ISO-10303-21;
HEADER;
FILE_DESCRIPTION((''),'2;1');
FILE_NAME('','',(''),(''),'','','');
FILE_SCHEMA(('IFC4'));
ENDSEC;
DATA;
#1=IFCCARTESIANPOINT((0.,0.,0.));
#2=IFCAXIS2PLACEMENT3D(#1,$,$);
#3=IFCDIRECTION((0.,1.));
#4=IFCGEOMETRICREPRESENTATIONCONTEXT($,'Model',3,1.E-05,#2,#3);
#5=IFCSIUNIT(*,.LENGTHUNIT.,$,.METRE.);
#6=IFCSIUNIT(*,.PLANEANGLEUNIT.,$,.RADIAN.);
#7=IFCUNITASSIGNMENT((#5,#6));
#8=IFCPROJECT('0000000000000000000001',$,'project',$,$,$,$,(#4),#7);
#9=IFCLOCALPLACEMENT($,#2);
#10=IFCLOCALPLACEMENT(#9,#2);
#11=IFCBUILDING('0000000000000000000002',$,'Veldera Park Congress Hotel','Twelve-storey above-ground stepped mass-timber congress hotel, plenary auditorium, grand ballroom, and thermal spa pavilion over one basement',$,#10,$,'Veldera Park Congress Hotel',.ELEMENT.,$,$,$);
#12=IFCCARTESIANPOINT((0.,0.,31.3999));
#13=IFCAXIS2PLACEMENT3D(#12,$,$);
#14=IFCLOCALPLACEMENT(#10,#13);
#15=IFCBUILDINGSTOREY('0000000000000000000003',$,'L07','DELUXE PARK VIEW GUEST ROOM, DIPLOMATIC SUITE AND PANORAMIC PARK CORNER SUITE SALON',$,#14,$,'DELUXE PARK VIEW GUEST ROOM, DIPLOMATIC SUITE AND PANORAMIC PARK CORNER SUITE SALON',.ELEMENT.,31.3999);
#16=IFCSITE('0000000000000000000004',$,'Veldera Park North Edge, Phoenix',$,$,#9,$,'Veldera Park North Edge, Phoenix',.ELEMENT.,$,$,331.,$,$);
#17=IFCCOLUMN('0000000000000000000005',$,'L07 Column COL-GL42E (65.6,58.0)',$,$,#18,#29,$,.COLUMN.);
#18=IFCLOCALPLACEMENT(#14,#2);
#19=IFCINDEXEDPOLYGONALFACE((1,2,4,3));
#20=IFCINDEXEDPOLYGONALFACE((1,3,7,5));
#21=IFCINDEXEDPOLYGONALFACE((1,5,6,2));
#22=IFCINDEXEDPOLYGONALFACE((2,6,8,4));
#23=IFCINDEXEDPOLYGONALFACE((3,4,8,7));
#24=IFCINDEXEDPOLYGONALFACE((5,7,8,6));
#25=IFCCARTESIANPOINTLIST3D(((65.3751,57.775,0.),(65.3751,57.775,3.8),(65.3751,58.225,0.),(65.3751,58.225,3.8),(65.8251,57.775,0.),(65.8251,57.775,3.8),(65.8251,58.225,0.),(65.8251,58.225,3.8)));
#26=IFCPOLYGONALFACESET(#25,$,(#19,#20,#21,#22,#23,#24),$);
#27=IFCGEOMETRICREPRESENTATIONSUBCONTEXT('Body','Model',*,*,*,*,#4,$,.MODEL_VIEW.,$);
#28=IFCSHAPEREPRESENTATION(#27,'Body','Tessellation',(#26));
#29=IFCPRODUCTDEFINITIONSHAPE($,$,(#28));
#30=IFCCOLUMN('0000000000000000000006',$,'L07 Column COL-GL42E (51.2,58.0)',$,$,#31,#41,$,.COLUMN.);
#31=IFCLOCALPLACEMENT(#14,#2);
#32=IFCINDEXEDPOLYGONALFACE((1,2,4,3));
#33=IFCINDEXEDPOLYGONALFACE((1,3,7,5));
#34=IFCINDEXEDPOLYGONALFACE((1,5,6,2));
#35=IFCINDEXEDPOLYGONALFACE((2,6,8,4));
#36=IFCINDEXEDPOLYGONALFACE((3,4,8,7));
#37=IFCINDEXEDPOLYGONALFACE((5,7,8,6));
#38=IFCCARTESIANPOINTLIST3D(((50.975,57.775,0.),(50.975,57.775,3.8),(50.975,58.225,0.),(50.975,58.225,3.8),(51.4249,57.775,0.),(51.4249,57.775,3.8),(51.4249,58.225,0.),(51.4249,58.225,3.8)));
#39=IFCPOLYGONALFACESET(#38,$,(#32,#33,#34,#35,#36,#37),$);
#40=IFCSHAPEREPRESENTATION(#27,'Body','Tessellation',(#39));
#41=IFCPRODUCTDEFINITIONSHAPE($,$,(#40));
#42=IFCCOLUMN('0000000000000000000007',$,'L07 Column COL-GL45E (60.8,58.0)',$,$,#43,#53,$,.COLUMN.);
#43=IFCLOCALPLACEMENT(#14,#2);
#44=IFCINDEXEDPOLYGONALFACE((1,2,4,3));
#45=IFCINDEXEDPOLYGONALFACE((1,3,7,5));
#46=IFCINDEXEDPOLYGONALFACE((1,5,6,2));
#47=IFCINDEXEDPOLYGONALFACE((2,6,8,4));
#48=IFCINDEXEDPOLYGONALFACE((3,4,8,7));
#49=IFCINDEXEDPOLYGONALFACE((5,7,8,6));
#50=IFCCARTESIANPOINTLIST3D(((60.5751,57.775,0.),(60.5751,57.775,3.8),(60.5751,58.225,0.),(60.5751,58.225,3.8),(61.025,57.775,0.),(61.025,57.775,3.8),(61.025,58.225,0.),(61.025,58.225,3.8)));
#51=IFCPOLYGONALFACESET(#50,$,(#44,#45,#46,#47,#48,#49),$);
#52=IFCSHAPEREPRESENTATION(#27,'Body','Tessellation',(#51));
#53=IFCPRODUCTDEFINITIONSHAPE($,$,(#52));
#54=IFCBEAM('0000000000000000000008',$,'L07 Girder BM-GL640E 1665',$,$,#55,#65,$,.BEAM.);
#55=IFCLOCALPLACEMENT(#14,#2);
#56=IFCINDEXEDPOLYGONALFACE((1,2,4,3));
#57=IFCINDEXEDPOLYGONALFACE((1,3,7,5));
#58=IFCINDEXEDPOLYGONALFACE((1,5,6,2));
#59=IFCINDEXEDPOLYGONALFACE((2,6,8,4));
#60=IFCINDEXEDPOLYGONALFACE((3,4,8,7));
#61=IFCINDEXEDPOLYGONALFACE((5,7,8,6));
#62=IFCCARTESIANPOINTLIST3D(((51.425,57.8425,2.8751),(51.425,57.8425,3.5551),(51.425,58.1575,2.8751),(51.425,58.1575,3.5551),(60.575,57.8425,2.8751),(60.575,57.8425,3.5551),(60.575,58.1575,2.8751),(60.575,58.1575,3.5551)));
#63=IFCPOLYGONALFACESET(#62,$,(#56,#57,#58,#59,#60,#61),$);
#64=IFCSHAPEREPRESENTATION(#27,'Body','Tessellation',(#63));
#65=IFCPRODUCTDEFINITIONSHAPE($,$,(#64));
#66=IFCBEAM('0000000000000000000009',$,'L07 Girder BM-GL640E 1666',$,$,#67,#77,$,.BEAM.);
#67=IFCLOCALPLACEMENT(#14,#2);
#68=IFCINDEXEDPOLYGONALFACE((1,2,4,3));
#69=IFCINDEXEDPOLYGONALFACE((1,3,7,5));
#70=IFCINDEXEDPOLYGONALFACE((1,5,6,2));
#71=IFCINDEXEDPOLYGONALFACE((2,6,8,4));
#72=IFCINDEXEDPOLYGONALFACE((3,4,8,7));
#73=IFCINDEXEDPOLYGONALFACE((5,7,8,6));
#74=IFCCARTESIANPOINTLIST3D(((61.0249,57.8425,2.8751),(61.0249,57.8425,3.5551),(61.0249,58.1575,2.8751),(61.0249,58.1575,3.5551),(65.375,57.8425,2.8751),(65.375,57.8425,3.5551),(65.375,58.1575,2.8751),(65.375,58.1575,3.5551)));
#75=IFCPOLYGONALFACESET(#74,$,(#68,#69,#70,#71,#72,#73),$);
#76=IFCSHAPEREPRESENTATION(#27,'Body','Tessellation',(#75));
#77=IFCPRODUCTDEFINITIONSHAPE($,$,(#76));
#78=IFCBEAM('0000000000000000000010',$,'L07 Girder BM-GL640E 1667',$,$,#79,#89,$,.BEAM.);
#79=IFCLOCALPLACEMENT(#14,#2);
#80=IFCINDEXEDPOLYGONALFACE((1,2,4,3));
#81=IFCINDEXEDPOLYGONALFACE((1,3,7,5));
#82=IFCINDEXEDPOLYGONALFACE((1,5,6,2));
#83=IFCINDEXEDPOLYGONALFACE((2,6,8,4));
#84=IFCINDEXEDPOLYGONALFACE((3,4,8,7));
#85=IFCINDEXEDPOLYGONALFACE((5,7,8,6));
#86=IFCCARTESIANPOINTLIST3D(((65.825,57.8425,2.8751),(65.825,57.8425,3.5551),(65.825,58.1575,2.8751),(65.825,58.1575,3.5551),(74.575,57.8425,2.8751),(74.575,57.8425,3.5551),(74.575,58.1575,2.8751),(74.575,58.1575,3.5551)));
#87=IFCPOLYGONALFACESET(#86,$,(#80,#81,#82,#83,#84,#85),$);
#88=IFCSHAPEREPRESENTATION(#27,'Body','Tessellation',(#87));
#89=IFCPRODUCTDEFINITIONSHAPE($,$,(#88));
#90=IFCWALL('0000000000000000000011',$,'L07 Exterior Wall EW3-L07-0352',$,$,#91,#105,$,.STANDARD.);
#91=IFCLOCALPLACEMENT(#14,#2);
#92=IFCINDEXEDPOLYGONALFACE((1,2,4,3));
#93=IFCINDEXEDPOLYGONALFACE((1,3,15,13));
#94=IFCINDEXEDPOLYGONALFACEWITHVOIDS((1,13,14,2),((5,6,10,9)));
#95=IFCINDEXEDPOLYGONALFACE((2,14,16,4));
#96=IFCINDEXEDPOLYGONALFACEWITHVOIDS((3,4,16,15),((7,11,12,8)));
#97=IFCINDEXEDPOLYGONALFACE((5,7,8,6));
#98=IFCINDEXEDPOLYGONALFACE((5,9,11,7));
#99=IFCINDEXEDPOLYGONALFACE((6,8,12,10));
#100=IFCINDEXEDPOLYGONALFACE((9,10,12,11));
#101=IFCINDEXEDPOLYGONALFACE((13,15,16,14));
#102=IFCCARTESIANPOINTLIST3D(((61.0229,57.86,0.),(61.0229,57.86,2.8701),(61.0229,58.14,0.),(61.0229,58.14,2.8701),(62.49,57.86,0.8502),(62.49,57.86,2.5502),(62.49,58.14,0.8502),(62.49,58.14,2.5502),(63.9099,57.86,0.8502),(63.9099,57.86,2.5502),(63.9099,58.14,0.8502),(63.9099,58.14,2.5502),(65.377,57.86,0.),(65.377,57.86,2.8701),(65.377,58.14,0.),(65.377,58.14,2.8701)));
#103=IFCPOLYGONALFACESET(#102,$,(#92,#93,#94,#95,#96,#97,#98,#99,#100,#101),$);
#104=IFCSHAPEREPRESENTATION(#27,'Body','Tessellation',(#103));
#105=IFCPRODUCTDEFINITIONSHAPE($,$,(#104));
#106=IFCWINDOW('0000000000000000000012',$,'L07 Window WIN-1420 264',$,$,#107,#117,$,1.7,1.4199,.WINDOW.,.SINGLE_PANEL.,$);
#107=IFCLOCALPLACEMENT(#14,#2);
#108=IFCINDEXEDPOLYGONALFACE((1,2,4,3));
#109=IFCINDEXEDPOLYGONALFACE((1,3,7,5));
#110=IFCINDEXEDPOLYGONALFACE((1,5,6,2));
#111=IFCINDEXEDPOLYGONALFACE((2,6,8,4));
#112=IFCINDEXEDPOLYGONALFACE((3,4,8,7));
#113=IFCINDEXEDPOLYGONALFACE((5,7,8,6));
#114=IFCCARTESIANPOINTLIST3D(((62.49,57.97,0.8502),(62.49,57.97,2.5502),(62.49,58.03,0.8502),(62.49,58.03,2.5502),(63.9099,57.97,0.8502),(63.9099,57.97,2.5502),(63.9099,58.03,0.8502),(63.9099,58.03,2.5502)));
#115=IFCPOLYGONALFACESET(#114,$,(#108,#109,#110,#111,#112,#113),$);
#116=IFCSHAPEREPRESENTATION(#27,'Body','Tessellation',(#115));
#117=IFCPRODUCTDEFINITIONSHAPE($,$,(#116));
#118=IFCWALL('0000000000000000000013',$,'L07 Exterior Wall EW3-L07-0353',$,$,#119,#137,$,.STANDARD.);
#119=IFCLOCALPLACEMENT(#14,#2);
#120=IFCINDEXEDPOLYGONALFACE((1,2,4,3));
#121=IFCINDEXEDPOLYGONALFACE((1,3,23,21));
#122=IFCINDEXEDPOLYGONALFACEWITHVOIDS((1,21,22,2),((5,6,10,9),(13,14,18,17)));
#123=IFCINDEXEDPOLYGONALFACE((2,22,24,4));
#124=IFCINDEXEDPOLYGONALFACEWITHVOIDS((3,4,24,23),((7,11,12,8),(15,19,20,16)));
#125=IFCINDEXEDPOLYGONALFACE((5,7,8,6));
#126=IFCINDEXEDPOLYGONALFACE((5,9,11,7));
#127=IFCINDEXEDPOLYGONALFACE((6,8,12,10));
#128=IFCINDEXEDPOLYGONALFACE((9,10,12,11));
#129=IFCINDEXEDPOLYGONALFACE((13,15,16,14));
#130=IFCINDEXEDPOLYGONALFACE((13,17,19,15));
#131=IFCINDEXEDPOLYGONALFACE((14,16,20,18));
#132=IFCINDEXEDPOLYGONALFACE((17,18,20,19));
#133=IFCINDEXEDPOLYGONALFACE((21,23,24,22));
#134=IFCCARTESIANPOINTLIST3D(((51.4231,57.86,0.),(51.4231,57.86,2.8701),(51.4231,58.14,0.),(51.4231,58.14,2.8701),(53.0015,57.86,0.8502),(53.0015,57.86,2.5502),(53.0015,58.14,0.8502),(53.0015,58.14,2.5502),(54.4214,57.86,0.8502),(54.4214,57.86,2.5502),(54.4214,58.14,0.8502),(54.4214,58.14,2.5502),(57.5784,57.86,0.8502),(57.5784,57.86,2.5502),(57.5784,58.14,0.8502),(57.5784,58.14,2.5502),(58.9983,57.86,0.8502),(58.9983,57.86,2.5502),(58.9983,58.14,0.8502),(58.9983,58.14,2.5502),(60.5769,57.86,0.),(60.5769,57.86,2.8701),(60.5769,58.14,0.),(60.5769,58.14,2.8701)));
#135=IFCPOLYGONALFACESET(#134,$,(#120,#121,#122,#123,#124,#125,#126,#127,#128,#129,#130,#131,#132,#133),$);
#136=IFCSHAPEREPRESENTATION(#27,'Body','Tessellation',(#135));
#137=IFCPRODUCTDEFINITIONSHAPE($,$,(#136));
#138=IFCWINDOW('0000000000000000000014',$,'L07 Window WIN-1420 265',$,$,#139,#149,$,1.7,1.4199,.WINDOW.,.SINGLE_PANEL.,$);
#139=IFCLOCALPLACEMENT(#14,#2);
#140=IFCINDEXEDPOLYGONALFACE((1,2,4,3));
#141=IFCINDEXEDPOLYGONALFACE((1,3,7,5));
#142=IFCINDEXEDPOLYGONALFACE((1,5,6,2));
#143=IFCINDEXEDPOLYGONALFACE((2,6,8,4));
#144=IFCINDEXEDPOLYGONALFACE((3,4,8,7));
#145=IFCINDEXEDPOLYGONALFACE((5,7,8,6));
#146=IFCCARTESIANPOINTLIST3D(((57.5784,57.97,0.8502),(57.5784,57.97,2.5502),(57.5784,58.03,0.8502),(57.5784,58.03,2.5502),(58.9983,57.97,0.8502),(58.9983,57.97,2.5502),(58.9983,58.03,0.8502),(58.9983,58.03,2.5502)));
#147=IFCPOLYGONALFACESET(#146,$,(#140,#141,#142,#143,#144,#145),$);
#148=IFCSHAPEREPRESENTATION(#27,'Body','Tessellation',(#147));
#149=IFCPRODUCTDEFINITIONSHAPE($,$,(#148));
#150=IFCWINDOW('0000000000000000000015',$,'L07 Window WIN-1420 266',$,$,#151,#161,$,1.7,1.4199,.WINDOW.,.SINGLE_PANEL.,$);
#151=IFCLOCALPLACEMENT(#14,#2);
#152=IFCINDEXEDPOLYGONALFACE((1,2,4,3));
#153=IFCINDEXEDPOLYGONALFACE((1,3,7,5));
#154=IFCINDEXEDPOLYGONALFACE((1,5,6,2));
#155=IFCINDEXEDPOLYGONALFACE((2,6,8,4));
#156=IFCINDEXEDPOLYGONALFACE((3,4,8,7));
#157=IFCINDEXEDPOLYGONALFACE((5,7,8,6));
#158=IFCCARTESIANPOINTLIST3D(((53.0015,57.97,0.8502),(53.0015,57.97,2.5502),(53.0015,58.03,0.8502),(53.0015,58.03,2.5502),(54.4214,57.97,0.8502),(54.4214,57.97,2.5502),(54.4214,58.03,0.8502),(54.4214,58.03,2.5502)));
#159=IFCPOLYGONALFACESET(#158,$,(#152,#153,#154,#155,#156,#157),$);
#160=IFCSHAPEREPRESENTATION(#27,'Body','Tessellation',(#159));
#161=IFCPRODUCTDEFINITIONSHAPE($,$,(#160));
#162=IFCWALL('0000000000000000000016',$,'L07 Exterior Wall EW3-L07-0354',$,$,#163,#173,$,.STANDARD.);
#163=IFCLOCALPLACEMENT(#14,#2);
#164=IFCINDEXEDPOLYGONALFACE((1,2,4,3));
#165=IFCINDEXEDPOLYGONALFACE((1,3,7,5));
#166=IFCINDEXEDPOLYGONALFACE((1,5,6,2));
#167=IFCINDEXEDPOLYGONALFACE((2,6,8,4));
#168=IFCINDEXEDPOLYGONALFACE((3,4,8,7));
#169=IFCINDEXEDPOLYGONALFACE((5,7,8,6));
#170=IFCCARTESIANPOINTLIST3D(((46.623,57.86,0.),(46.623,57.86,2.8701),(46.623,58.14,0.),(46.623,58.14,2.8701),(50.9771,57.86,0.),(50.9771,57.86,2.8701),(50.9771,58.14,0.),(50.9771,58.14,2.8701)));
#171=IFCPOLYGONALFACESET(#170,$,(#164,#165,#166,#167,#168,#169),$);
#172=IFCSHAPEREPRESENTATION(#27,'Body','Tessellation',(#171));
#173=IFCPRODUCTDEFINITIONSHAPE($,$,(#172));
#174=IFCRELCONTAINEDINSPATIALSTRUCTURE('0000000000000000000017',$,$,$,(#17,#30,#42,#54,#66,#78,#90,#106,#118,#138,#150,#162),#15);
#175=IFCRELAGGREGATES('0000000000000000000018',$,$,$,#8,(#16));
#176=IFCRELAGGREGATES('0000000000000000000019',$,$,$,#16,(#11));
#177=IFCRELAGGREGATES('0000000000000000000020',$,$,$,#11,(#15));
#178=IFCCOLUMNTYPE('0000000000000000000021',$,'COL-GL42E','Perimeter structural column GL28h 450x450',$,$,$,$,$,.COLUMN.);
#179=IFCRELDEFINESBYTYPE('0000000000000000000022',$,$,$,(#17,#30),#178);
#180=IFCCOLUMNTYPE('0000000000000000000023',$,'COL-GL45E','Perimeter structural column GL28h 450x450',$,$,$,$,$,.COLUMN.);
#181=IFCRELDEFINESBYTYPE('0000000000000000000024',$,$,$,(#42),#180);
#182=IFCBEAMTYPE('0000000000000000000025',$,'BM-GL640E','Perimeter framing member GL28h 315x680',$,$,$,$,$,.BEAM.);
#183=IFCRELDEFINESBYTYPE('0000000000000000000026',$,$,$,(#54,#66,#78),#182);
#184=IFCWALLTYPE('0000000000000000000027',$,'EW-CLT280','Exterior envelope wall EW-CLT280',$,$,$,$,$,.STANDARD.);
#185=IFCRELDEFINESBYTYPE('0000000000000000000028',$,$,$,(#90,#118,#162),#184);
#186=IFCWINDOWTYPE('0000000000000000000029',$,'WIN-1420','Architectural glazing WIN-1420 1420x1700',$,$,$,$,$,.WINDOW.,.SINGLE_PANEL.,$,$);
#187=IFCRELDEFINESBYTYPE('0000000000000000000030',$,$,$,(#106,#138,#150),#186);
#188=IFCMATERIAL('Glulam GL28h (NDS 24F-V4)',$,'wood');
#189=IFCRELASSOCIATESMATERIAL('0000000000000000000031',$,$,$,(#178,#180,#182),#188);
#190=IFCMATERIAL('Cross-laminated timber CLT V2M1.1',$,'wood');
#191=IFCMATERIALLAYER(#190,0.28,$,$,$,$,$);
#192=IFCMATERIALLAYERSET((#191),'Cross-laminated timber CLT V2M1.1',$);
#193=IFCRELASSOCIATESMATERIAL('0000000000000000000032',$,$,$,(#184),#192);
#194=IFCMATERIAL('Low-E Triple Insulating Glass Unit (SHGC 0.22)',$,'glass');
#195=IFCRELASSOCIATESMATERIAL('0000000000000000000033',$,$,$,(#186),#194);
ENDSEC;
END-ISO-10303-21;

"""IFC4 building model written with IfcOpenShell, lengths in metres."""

from ifc_helpers import new_model, si_unit, direction, frame, frame_2d, origin, origin_2d, place, context, subcontext, project, spatial, rectangle, extrude, material, layer, layer_set, material_profile, profile_set, type_object, element, fill, save


model = new_model("IFC4")

# Units and contexts
model_context = context("Model", 3, precision=1e-05, world=origin(), true_north=direction((0.0, 1.0)))
body_context = subcontext(model_context, "Body", "Model", "MODEL_VIEW")
ifc_project = project(units=[si_unit("LENGTHUNIT", "METRE"), si_unit("PLANEANGLEUNIT", "RADIAN")], contexts=[model_context])

# Site, building, storey
site_placement = place(None, origin())
site = spatial("IfcSite", under=ifc_project, at=site_placement, Name="Veldera Park North Edge, Phoenix", LongName="Veldera Park North Edge, Phoenix", CompositionType="ELEMENT", RefElevation=331.0)
building_placement = place(site_placement, origin())
building = spatial("IfcBuilding", under=site, at=building_placement, Name="Veldera Park Congress Hotel", Description="Twelve-storey above-ground stepped mass-timber congress hotel, plenary auditorium, grand ballroom, and thermal spa pavilion over one basement", LongName="Veldera Park Congress Hotel", CompositionType="ELEMENT")
storey_placement = place(building_placement, frame((0.0, 0.0, 31.3999)))
storey = spatial("IfcBuildingStorey", under=building, at=storey_placement, Name="L07", Description="DELUXE PARK VIEW GUEST ROOM, DIPLOMATIC SUITE AND PANORAMIC PARK CORNER SUITE SALON", LongName="DELUXE PARK VIEW GUEST ROOM, DIPLOMATIC SUITE AND PANORAMIC PARK CORNER SUITE SALON", CompositionType="ELEMENT", Elevation=31.3999)

# Columns
ifc_material_1 = material(Name="Glulam GL28h (NDS 24F-V4)", Category="wood")
ifc_material_profile_1 = material_profile(ifc_material_1, rectangle(XDim=0.45, YDim=0.45, at=origin_2d()), Name="GL28h 450x450")
ifc_profile_set_1 = profile_set([ifc_material_profile_1], Name="Glulam GL28h (NDS 24F-V4)")
column_type_1 = type_object("IfcColumnType", Name="COL-GL42E", Description="Perimeter structural column GL28h 450x450", PredefinedType="COLUMN", material=ifc_profile_set_1)
for number, where, z_axis, x_axis, name in (
    (1, (65.6001, 58.0, 0.0), (0.0, 0.0, 1.0), (1.0, 0.0, 0.0), "L07 Column COL-GL42E (65.6,58.0)"),
    (2, (51.2, 58.0, 0.0), (0.0, 0.0, 1.0), (1.0, 0.0, 0.0), "L07 Column COL-GL42E (51.2,58.0)"),
):
    element("IfcColumn", number, at=place(storey_placement, frame(where, z_axis=z_axis, x_axis=x_axis)), inside=storey, type_object=column_type_1, Name=name, PredefinedType="COLUMN", context=body_context, shape_type="SweptSolid", body=[
        extrude(rectangle(XDim=0.45, YDim=0.45, at=origin_2d()), origin(), (0.0, 0.0, 1.0), 3.8),
    ])
ifc_material_profile_2 = material_profile(ifc_material_1, rectangle(XDim=0.45, YDim=0.45, at=origin_2d()), Name="GL28h 450x450")
ifc_profile_set_2 = profile_set([ifc_material_profile_2], Name="Glulam GL28h (NDS 24F-V4)")
column_type_2 = type_object("IfcColumnType", Name="COL-GL45E", Description="Perimeter structural column GL28h 450x450", PredefinedType="COLUMN", material=ifc_profile_set_2)
column_placement = place(storey_placement, frame((60.8, 58.0, 0.0), z_axis=(0.0, 0.0, 1.0), x_axis=(1.0, 0.0, 0.0)))
element("IfcColumn", 3, at=column_placement, inside=storey, type_object=column_type_2, Name="L07 Column COL-GL45E (60.8,58.0)", PredefinedType="COLUMN", context=body_context, shape_type="SweptSolid", body=[
    extrude(rectangle(XDim=0.45, YDim=0.45, at=origin_2d()), origin(), (0.0, 0.0, 1.0), 3.8),
])

# Beams
ifc_material_profile_3 = material_profile(ifc_material_1, rectangle(XDim=0.3149, YDim=0.6799, at=origin_2d()), Name="GL28h 315x680")
ifc_profile_set_3 = profile_set([ifc_material_profile_3], Name="Glulam GL28h (NDS 24F-V4)")
beam_type = type_object("IfcBeamType", Name="BM-GL640E", Description="Perimeter framing member GL28h 315x680", PredefinedType="BEAM", material=ifc_profile_set_3)
beam_1_placement = place(storey_placement, frame((51.425, 58.0, 3.2151), z_axis=(1.0, 0.0, 0.0), x_axis=(0.0, 1.0, 0.0)))
element("IfcBeam", 4, at=beam_1_placement, inside=storey, type_object=beam_type, Name="L07 Girder BM-GL640E 1665", PredefinedType="BEAM", context=body_context, shape_type="SweptSolid", body=[
    extrude(rectangle(XDim=0.3149, YDim=0.6799, at=origin_2d()), origin(), (0.0, 0.0, 1.0), 9.1499),
])
beam_2_placement = place(storey_placement, frame((61.0249, 58.0, 3.2151), z_axis=(1.0, 0.0, 0.0), x_axis=(0.0, 1.0, 0.0)))
element("IfcBeam", 5, at=beam_2_placement, inside=storey, type_object=beam_type, Name="L07 Girder BM-GL640E 1666", PredefinedType="BEAM", context=body_context, shape_type="SweptSolid", body=[
    extrude(rectangle(XDim=0.3149, YDim=0.6799, at=origin_2d()), origin(), (0.0, 0.0, 1.0), 4.3501),
])
beam_3_placement = place(storey_placement, frame((65.825, 58.0, 3.2151), z_axis=(1.0, 0.0, 0.0), x_axis=(0.0, 1.0, 0.0)))
element("IfcBeam", 6, at=beam_3_placement, inside=storey, type_object=beam_type, Name="L07 Girder BM-GL640E 1667", PredefinedType="BEAM", context=body_context, shape_type="SweptSolid", body=[
    extrude(rectangle(XDim=0.3149, YDim=0.6799, at=origin_2d()), origin(), (0.0, 0.0, 1.0), 8.75),
])

# Wall, opening, window
ifc_material_2 = material(Name="Cross-laminated timber CLT V2M1.1", Category="wood")
ifc_layer_1 = layer(ifc_material_2, 0.28)
ifc_layer_set_1 = layer_set([ifc_layer_1], Name="Cross-laminated timber CLT V2M1.1")
wall_type_1 = type_object("IfcWallType", Name="EW-CLT280", Description="Exterior envelope wall EW-CLT280", PredefinedType="STANDARD", material=ifc_layer_set_1)
wall_1_placement = place(storey_placement, frame((65.377, 58.0, 0.0), z_axis=(0.0, 0.0, 1.0), x_axis=(-1.0, 0.0, 0.0)))
wall_1 = element("IfcWall", 7, at=wall_1_placement, inside=storey, type_object=wall_type_1, Name="L07 Exterior Wall EW3-L07-0352", PredefinedType="STANDARD", context=body_context, shape_type="SweptSolid", body=[
    extrude(rectangle(XDim=4.354, YDim=0.28, at=frame_2d((2.177, 0.0))), origin(), (0.0, 0.0, 1.0), 2.8701),
])
opening_1_placement = place(wall_1_placement, frame((1.467, 0.0, 0.8501)))
opening_1 = element("IfcOpeningElement", 8, at=opening_1_placement, cuts=wall_1, PredefinedType="OPENING", context=body_context, shape_type="SweptSolid", body=[
    extrude(rectangle(XDim=1.4199, YDim=1.7, at=frame_2d((0.71, 0.8501))), frame((0.0, 0.1521, 0.0), z_axis=(0.0, -1.0, 0.0), x_axis=(1.0, 0.0, 0.0)), (0.0, 0.0, 1.0), 0.304),
])
ifc_material_3 = material(Name="Low-E Triple Insulating Glass Unit (SHGC 0.22)", Category="glass")
window_type = type_object("IfcWindowType", Name="WIN-1420", Description="Architectural glazing WIN-1420 1420x1700", PartitioningType="SINGLE_PANEL", PredefinedType="WINDOW", material=ifc_material_3)
window_1_placement = place(opening_1_placement, origin())
window_1 = element("IfcWindow", 9, at=window_1_placement, inside=storey, type_object=window_type, Name="L07 Window WIN-1420 264", OverallHeight=1.7, OverallWidth=1.4199, PartitioningType="SINGLE_PANEL", PredefinedType="WINDOW", context=body_context, shape_type="SweptSolid", body=[
    extrude(rectangle(XDim=1.4199, YDim=1.7, at=frame_2d((0.71, 0.8501))), frame((0.0, 0.03, 0.0), z_axis=(0.0, -1.0, 0.0), x_axis=(1.0, 0.0, 0.0)), (0.0, 0.0, 1.0), 0.0601),
])
fill(opening_1, window_1)

# Wall, openings, windows
wall_2_placement = place(storey_placement, frame((60.5769, 58.0, 0.0), z_axis=(0.0, 0.0, 1.0), x_axis=(-1.0, 0.0, 0.0)))
wall_2 = element("IfcWall", 10, at=wall_2_placement, inside=storey, type_object=wall_type_1, Name="L07 Exterior Wall EW3-L07-0353", PredefinedType="STANDARD", context=body_context, shape_type="SweptSolid", body=[
    extrude(rectangle(XDim=9.1538, YDim=0.28, at=frame_2d((4.5769, 0.0))), origin(), (0.0, 0.0, 1.0), 2.8701),
])
opening_2_placement = place(wall_2_placement, frame((1.5786, 0.0, 0.8501)))
opening_2 = element("IfcOpeningElement", 11, at=opening_2_placement, cuts=wall_2, PredefinedType="OPENING", context=body_context, shape_type="SweptSolid", body=[
    extrude(rectangle(XDim=1.4199, YDim=1.7, at=frame_2d((0.71, 0.8501))), frame((0.0, 0.1521, 0.0), z_axis=(0.0, -1.0, 0.0), x_axis=(1.0, 0.0, 0.0)), (0.0, 0.0, 1.0), 0.304),
])
opening_3_placement = place(wall_2_placement, frame((6.1555, 0.0, 0.8501)))
opening_3 = element("IfcOpeningElement", 12, at=opening_3_placement, cuts=wall_2, PredefinedType="OPENING", context=body_context, shape_type="SweptSolid", body=[
    extrude(rectangle(XDim=1.4199, YDim=1.7, at=frame_2d((0.71, 0.8501))), frame((0.0, 0.1521, 0.0), z_axis=(0.0, -1.0, 0.0), x_axis=(1.0, 0.0, 0.0)), (0.0, 0.0, 1.0), 0.304),
])
window_2_placement = place(opening_2_placement, origin())
window_2 = element("IfcWindow", 13, at=window_2_placement, inside=storey, type_object=window_type, Name="L07 Window WIN-1420 265", OverallHeight=1.7, OverallWidth=1.4199, PartitioningType="SINGLE_PANEL", PredefinedType="WINDOW", context=body_context, shape_type="SweptSolid", body=[
    extrude(rectangle(XDim=1.4199, YDim=1.7, at=frame_2d((0.71, 0.8501))), frame((0.0, 0.03, 0.0), z_axis=(0.0, -1.0, 0.0), x_axis=(1.0, 0.0, 0.0)), (0.0, 0.0, 1.0), 0.0601),
])
fill(opening_2, window_2)
window_3_placement = place(opening_3_placement, origin())
window_3 = element("IfcWindow", 14, at=window_3_placement, inside=storey, type_object=window_type, Name="L07 Window WIN-1420 266", OverallHeight=1.7, OverallWidth=1.4199, PartitioningType="SINGLE_PANEL", PredefinedType="WINDOW", context=body_context, shape_type="SweptSolid", body=[
    extrude(rectangle(XDim=1.4199, YDim=1.7, at=frame_2d((0.71, 0.8501))), frame((0.0, 0.03, 0.0), z_axis=(0.0, -1.0, 0.0), x_axis=(1.0, 0.0, 0.0)), (0.0, 0.0, 1.0), 0.0601),
])
fill(opening_3, window_3)

# Wall
wall_3_placement = place(storey_placement, frame((50.9771, 58.0, 0.0), z_axis=(0.0, 0.0, 1.0), x_axis=(-1.0, 0.0, 0.0)))
element("IfcWall", 15, at=wall_3_placement, inside=storey, type_object=wall_type_1, Name="L07 Exterior Wall EW3-L07-0354", PredefinedType="STANDARD", context=body_context, shape_type="SweptSolid", body=[
    extrude(rectangle(XDim=4.354, YDim=0.28, at=frame_2d((2.177, 0.0))), origin(), (0.0, 0.0, 1.0), 2.8701),
])

save(model, "model.ifc")
